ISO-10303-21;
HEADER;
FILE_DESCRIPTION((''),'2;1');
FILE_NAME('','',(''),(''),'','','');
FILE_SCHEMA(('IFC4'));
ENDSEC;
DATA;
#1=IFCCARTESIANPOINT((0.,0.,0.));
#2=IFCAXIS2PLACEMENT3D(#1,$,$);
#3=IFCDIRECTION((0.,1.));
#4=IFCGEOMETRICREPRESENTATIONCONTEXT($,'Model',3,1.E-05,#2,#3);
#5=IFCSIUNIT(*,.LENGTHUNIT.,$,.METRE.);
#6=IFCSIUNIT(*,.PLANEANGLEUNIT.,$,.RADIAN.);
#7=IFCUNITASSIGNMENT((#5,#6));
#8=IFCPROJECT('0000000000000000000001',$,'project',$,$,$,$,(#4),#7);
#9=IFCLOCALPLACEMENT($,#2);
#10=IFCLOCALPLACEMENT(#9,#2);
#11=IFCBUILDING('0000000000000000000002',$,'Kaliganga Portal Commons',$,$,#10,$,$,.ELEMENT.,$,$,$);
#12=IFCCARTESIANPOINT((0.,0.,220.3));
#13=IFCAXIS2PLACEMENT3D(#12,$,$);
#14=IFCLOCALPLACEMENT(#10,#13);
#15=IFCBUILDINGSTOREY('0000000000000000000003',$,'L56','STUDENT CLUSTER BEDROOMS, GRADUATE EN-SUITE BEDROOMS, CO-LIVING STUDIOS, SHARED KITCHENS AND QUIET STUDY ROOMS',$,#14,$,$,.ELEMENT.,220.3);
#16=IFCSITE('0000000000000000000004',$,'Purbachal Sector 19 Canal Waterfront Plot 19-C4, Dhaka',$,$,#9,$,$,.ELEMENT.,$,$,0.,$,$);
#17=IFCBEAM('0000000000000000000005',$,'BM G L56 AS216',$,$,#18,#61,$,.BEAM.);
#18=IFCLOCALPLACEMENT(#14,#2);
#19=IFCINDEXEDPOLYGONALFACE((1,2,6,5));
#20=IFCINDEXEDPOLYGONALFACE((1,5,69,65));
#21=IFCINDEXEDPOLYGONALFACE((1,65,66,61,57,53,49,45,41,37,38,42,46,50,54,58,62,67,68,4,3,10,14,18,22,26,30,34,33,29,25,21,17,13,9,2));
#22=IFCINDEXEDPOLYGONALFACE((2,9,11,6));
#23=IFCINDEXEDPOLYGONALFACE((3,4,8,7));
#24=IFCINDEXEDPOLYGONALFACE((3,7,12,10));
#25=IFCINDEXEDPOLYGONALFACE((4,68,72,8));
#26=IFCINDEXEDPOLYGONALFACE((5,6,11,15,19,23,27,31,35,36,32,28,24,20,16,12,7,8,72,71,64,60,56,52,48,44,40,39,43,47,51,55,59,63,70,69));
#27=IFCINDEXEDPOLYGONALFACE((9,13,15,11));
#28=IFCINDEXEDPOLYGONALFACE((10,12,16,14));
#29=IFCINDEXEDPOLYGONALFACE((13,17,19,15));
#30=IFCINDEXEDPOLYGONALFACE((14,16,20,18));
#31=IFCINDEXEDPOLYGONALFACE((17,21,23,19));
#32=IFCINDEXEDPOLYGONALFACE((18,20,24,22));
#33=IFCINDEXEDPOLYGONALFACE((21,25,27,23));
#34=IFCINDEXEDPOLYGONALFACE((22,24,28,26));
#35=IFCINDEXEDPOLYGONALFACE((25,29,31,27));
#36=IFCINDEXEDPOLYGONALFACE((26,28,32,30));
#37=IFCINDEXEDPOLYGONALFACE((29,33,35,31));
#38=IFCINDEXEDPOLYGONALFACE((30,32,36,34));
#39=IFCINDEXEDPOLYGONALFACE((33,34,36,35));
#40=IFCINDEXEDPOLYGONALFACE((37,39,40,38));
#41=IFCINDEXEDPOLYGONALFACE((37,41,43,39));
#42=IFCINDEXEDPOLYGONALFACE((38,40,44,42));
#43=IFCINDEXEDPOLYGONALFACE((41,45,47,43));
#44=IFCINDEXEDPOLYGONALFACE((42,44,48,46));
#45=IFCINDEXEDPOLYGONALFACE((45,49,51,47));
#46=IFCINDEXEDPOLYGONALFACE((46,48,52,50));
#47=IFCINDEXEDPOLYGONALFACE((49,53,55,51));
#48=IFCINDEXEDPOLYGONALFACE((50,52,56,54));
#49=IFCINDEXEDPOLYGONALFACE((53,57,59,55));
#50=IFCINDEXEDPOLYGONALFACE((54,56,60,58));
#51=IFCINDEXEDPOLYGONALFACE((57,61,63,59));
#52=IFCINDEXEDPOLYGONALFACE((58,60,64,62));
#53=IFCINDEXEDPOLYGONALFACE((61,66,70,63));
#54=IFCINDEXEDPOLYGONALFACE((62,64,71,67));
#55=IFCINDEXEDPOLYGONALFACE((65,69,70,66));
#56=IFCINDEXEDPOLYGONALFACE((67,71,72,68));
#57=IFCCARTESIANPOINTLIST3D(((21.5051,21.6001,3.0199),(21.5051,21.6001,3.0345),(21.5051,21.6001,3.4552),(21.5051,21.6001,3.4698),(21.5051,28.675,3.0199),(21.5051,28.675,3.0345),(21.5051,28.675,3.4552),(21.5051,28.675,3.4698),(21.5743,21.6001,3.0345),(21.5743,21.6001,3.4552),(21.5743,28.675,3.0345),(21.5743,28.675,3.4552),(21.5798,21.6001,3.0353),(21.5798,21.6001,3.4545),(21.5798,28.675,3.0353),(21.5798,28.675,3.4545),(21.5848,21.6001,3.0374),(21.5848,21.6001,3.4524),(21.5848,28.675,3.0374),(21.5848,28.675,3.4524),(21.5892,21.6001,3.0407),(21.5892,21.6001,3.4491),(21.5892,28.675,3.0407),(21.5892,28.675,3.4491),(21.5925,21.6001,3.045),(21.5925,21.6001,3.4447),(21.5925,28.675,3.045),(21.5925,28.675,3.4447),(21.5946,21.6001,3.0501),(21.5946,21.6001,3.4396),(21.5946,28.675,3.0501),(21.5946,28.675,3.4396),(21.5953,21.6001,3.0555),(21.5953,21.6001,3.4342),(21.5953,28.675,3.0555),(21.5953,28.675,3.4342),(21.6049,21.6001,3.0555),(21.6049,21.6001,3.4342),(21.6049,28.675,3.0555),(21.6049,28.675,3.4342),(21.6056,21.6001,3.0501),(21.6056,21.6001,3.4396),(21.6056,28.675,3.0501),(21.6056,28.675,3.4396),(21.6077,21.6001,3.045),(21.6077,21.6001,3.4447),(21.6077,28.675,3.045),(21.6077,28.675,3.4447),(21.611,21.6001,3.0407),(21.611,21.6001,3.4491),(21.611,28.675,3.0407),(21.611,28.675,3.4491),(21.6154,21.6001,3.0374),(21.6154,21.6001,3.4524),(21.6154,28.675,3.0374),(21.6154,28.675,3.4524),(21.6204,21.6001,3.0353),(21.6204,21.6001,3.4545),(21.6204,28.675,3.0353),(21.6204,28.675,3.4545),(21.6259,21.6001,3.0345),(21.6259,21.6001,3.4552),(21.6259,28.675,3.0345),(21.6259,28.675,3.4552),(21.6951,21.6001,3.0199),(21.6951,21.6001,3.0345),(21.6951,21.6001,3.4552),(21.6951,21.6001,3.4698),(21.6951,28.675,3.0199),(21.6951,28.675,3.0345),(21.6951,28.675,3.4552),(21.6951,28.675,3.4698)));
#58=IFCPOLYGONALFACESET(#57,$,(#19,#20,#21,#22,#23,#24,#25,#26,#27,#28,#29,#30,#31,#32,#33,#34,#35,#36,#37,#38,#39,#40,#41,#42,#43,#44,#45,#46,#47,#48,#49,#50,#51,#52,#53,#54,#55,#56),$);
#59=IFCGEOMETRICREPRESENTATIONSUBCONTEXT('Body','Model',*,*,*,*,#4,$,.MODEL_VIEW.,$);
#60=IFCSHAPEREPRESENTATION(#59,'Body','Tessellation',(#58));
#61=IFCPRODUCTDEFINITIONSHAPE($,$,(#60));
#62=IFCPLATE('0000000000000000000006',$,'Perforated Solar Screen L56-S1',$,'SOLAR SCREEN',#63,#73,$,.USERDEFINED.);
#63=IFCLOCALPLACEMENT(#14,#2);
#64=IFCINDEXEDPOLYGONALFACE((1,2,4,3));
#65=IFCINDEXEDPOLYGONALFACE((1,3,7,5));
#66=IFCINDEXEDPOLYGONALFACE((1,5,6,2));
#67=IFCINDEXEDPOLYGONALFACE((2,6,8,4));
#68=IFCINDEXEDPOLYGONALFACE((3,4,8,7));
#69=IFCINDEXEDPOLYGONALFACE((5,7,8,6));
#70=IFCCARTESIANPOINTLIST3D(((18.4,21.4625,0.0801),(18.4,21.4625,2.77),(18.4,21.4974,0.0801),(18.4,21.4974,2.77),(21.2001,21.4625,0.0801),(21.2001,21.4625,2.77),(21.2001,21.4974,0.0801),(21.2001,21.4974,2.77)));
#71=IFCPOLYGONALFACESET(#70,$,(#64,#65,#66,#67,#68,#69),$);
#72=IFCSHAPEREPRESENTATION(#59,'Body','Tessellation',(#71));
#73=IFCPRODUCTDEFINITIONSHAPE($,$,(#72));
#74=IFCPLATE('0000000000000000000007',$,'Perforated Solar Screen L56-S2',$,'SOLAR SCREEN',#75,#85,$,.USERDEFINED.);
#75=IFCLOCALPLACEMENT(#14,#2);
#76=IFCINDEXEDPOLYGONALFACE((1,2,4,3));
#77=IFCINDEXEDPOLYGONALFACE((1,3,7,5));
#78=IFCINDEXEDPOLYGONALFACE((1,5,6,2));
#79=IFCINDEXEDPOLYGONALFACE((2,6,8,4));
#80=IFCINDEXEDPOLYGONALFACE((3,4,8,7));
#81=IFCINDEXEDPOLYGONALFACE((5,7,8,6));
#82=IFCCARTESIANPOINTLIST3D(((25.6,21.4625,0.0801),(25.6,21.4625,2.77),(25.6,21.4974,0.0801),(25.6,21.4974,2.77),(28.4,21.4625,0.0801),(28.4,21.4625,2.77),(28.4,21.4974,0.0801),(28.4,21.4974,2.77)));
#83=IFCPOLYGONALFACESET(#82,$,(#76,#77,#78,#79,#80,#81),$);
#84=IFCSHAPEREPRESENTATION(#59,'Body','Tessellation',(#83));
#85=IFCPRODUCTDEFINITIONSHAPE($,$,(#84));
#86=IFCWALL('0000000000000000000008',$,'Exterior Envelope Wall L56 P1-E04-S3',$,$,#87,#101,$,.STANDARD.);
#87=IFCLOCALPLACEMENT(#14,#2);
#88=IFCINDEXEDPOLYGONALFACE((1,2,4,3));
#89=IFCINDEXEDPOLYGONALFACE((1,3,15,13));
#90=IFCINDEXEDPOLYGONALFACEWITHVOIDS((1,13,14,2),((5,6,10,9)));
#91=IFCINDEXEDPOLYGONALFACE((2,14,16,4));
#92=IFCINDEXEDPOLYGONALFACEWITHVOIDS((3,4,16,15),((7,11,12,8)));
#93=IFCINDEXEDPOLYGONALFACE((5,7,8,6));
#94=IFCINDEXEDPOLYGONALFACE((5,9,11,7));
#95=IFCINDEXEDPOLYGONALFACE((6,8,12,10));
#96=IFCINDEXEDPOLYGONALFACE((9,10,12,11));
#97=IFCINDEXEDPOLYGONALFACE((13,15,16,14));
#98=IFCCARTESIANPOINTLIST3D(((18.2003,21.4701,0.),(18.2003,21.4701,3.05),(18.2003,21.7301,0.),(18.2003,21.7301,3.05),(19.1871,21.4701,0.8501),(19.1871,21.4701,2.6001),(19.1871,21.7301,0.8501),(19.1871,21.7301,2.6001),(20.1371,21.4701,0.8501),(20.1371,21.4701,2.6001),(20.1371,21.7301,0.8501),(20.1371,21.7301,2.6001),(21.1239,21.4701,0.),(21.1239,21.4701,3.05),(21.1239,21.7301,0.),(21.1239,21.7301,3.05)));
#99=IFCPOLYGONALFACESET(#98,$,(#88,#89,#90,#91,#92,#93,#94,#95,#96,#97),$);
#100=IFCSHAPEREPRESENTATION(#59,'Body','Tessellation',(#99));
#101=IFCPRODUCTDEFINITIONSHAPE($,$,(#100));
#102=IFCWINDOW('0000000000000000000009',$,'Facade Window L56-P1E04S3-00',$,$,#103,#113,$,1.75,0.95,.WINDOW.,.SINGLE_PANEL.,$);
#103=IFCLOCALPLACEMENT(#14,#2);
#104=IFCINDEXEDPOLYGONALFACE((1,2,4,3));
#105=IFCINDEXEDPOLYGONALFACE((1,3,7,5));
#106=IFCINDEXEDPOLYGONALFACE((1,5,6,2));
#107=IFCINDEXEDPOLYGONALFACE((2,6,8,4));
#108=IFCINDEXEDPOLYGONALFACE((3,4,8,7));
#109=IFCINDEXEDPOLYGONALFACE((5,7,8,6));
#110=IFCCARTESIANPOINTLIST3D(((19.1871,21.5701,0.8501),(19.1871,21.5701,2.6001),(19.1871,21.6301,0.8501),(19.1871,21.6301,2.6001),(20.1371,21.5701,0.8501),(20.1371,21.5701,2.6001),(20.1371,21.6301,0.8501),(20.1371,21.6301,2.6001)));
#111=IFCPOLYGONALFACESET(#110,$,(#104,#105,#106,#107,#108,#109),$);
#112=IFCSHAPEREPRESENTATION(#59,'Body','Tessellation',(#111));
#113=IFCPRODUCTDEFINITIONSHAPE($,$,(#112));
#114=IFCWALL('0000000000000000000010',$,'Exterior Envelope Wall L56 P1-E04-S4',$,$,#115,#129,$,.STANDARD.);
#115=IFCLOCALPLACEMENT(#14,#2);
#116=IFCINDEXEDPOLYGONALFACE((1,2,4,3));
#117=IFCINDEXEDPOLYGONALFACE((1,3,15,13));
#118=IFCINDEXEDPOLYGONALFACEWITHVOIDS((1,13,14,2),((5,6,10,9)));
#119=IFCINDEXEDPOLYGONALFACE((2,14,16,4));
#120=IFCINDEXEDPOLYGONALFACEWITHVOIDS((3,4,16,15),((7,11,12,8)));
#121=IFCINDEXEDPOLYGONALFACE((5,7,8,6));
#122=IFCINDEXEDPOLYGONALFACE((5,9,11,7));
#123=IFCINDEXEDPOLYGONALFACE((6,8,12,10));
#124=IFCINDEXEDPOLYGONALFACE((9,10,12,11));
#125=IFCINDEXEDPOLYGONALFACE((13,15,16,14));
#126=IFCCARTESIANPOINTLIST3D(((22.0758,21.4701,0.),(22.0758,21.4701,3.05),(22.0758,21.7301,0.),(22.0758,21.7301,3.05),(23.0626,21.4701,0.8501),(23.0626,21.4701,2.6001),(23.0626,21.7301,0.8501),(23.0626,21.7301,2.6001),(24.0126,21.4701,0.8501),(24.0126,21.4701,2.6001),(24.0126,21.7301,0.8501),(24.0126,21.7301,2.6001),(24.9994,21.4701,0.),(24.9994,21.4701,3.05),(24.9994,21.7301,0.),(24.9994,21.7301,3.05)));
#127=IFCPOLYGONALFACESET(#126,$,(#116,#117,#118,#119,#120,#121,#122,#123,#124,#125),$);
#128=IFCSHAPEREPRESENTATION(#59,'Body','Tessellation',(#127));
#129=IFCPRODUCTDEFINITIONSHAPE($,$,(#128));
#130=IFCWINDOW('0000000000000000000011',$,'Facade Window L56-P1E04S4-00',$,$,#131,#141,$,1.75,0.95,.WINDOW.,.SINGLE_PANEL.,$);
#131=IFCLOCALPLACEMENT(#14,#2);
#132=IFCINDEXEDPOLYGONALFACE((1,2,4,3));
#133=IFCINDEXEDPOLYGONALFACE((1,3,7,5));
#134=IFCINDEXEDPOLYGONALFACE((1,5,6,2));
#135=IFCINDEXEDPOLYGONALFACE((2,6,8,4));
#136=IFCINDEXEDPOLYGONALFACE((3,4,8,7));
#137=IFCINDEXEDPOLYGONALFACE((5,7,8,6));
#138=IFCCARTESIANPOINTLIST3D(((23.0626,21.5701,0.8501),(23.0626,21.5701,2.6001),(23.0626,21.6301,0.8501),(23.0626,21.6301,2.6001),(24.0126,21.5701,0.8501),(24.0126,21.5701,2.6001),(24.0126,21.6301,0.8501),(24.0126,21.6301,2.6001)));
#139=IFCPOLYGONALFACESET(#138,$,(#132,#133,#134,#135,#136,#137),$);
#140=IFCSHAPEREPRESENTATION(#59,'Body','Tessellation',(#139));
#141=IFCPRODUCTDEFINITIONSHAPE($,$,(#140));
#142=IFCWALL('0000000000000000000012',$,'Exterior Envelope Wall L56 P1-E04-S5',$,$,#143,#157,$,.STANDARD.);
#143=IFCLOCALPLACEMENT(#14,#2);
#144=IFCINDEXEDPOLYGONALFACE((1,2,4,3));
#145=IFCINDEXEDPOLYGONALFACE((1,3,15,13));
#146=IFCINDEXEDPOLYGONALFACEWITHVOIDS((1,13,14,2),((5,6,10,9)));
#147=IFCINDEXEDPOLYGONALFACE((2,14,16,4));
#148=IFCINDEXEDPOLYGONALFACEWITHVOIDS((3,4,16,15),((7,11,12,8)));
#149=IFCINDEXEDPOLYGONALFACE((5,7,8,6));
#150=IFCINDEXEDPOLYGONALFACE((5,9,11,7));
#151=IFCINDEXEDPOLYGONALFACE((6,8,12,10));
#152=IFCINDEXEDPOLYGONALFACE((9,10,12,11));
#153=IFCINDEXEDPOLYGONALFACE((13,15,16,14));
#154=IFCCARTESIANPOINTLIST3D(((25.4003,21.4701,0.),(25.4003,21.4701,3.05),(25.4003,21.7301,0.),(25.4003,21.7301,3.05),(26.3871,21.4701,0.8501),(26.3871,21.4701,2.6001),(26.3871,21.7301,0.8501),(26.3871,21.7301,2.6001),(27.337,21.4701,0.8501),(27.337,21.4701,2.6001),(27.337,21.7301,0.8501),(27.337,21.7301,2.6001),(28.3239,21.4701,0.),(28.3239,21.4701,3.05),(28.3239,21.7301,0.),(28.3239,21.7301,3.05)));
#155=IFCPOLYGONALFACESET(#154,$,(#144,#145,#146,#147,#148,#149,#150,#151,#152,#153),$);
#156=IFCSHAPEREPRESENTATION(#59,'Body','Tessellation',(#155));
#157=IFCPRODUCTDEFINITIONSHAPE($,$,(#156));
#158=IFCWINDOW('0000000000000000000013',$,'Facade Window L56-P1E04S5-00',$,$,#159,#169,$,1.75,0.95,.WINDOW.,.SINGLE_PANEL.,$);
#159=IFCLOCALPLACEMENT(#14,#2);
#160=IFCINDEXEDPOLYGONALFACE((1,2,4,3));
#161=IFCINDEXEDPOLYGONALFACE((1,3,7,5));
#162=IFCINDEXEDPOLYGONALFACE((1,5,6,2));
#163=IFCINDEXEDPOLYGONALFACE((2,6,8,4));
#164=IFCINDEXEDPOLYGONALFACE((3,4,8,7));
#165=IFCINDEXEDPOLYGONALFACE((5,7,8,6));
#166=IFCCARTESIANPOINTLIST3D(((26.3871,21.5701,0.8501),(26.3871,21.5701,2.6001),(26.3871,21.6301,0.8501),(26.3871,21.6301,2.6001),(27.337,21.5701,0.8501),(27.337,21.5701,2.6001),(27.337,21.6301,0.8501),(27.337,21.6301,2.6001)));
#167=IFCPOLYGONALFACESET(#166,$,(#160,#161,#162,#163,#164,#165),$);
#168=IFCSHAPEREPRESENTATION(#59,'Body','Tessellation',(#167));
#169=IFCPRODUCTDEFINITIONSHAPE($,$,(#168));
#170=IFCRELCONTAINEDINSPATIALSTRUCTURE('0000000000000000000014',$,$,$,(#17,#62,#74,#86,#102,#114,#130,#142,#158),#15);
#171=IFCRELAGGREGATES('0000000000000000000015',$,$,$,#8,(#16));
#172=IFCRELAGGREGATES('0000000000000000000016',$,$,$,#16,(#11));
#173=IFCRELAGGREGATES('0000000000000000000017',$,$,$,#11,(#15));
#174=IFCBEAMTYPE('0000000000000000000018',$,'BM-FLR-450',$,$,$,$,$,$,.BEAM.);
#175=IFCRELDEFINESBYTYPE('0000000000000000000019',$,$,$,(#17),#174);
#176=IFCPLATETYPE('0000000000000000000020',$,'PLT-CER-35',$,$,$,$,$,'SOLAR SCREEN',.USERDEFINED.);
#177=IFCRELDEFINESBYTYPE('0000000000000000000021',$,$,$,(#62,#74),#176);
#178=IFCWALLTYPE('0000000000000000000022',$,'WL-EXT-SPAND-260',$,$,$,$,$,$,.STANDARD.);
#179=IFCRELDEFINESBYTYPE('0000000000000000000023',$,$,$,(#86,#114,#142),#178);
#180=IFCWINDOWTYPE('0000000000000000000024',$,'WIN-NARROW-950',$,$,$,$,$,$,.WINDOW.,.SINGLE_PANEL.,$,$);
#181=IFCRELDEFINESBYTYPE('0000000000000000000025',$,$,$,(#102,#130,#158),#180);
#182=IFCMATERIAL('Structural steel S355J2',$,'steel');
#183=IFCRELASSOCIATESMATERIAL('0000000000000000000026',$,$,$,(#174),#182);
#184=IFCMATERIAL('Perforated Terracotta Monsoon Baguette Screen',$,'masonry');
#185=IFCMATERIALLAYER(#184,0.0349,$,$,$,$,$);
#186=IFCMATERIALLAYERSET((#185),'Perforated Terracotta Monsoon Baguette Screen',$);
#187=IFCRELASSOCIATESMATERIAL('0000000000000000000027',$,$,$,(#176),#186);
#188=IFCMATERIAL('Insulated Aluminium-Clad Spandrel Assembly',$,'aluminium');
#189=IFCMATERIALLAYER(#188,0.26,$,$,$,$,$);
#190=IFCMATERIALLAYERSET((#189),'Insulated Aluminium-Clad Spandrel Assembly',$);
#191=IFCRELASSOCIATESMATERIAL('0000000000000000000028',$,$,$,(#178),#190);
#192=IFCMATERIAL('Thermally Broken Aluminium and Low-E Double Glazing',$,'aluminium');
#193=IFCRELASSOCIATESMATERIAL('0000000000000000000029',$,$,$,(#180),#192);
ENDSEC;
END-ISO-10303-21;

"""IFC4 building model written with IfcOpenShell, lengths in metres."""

from ifc_helpers import new_model, si_unit, direction, frame, frame_2d, origin, origin_2d, place, context, subcontext, project, spatial, rectangle, i_section, extrude, source, transform, mapped, material, layer, layer_set, material_profile, profile_set, type_object, element, fill, save


model = new_model("IFC4")

# Units and contexts
model_context = context("Model", 3, precision=1e-05, world=origin(), true_north=direction((0.0, 1.0)))
body_context = subcontext(model_context, "Body", "Model", "MODEL_VIEW")
ifc_project = project(units=[si_unit("LENGTHUNIT", "METRE"), si_unit("PLANEANGLEUNIT", "RADIAN")], contexts=[model_context])

# Site, building, storey
site_placement = place(None, origin())
site = spatial("IfcSite", under=ifc_project, at=site_placement, Name="Purbachal Sector 19 Canal Waterfront Plot 19-C4, Dhaka", CompositionType="ELEMENT", RefElevation=0.0)
building_placement = place(site_placement, origin())
building = spatial("IfcBuilding", under=site, at=building_placement, Name="Kaliganga Portal Commons", CompositionType="ELEMENT")
storey_placement = place(building_placement, frame((0.0, 0.0, 220.3)))
storey = spatial("IfcBuildingStorey", under=building, at=storey_placement, Name="L56", Description="STUDENT CLUSTER BEDROOMS, GRADUATE EN-SUITE BEDROOMS, CO-LIVING STUDIOS, SHARED KITCHENS AND QUIET STUDY ROOMS", CompositionType="ELEMENT", Elevation=220.3)

# Shared definitions
ifc_material_1 = material(Name="Structural steel S355J2", Category="steel")

# Beam
ifc_material_profile_1 = material_profile(ifc_material_1, i_section(OverallWidth=0.1899, OverallDepth=0.45, WebThickness=0.0095, FlangeThickness=0.0146, FilletRadius=0.021, at=origin_2d()), Name="IPE 450")
ifc_profile_set_1 = profile_set([ifc_material_profile_1], Name="Structural steel S355J2 wide-flange")
beam_type_1 = type_object("IfcBeamType", Name="BM-FLR-450", PredefinedType="BEAM", material=ifc_profile_set_1)
shared_shape_1 = source(origin(), body_context, "Body", "SweptSolid", [
    extrude(i_section(OverallWidth=0.1899, OverallDepth=0.45, WebThickness=0.0095, FlangeThickness=0.0146, FilletRadius=0.021, at=origin_2d()), origin(), (0.0, 0.0, 1.0), 7.075),
])
beam_1_placement = place(storey_placement, frame((21.6001, 21.6001, 3.2449), z_axis=(0.0, 1.0, 0.0), x_axis=(-1.0, 0.0, 0.0)))
element("IfcBeam", 1, at=beam_1_placement, inside=storey, type_object=beam_type_1, Name="BM G L56 AS216", PredefinedType="BEAM", context=body_context, shape_type="MappedRepresentation", body=[
    mapped(shared_shape_1, transform((0.0, 0.0, 0.0), x_axis=(1.0, 0.0, 0.0), y_axis=(0.0, 1.0, 0.0), z_axis=(0.0, 0.0, 1.0), scale=1.0)),
])

# Plates
ifc_material_2 = material(Name="Perforated Terracotta Monsoon Baguette Screen", Category="masonry")
ifc_layer_1 = layer(ifc_material_2, 0.0349)
ifc_layer_set_1 = layer_set([ifc_layer_1], Name="Perforated Terracotta Monsoon Baguette Screen")
plate_type = type_object("IfcPlateType", Name="PLT-CER-35", ElementType="SOLAR SCREEN", PredefinedType="USERDEFINED", material=ifc_layer_set_1)
shared_shape_2 = source(origin(), body_context, "Body", "SweptSolid", [
    extrude(rectangle(XDim=2.8, YDim=0.0349, at=origin_2d()), origin(), (0.0, 0.0, 1.0), 2.6899),
])
for number, where, z_axis, x_axis, name in (
    (2, (19.8, 21.48, 0.0801), (0.0, 0.0, 1.0), (1.0, 0.0, 0.0), "Perforated Solar Screen L56-S1"),
    (3, (27.0, 21.48, 0.0801), (0.0, 0.0, 1.0), (1.0, 0.0, 0.0), "Perforated Solar Screen L56-S2"),
):
    element("IfcPlate", number, at=place(storey_placement, frame(where, z_axis=z_axis, x_axis=x_axis)), inside=storey, type_object=plate_type, Name=name, ObjectType="SOLAR SCREEN", PredefinedType="USERDEFINED", context=body_context, shape_type="MappedRepresentation", body=[
        mapped(shared_shape_2, transform((0.0, 0.0, 0.0), x_axis=(1.0, 0.0, 0.0), y_axis=(0.0, 1.0, 0.0), z_axis=(0.0, 0.0, 1.0), scale=1.0)),
    ])

# Walls, openings, windows
ifc_material_3 = material(Name="Insulated Aluminium-Clad Spandrel Assembly", Category="aluminium")
ifc_layer_2 = layer(ifc_material_3, 0.26)
ifc_layer_set_2 = layer_set([ifc_layer_2], Name="Insulated Aluminium-Clad Spandrel Assembly")
wall_type_1 = type_object("IfcWallType", Name="WL-EXT-SPAND-260", PredefinedType="STANDARD", material=ifc_layer_set_2)
wall_1_placement = place(storey_placement, frame((21.124, 21.6001, 0.0), z_axis=(0.0, 0.0, 1.0), x_axis=(-1.0, 0.0, 0.0)))
wall_1 = element("IfcWall", 4, at=wall_1_placement, inside=storey, type_object=wall_type_1, Name="Exterior Envelope Wall L56 P1-E04-S3", PredefinedType="STANDARD", context=body_context, shape_type="SweptSolid", body=[
    extrude(rectangle(XDim=2.9236, YDim=0.26, at=frame_2d((1.4619, 0.0))), origin(), (0.0, 0.0, 1.0), 3.05),
])
opening_1_placement = place(wall_1_placement, frame((0.9868, 0.0, 0.8501)))
opening_1 = element("IfcOpeningElement", 5, at=opening_1_placement, cuts=wall_1, PredefinedType="OPENING", context=body_context, shape_type="SweptSolid", body=[
    extrude(rectangle(XDim=0.95, YDim=1.75, at=frame_2d((0.4751, 0.875))), frame((0.0, 0.1401, 0.0), z_axis=(0.0, -1.0, 0.0), x_axis=(1.0, 0.0, 0.0)), (0.0, 0.0, 1.0), 0.28),
])
ifc_material_4 = material(Name="Thermally Broken Aluminium and Low-E Double Glazing", Category="aluminium")
window_type_1 = type_object("IfcWindowType", Name="WIN-NARROW-950", PartitioningType="SINGLE_PANEL", PredefinedType="WINDOW", material=ifc_material_4)
window_1_placement = place(opening_1_placement, origin())
window_1 = element("IfcWindow", 6, at=window_1_placement, inside=storey, type_object=window_type_1, Name="Facade Window L56-P1E04S3-00", OverallHeight=1.75, OverallWidth=0.95, PartitioningType="SINGLE_PANEL", PredefinedType="WINDOW", context=body_context, shape_type="SweptSolid", body=[
    extrude(rectangle(XDim=0.95, YDim=1.75, at=frame_2d((0.4751, 0.875))), frame((0.0, 0.03, 0.0), z_axis=(0.0, -1.0, 0.0), x_axis=(1.0, 0.0, 0.0)), (0.0, 0.0, 1.0), 0.0601),
])
fill(opening_1, window_1)
wall_2_placement = place(storey_placement, frame((24.9995, 21.6001, 0.0), z_axis=(0.0, 0.0, 1.0), x_axis=(-1.0, 0.0, 0.0)))
wall_2 = element("IfcWall", 7, at=wall_2_placement, inside=storey, type_object=wall_type_1, Name="Exterior Envelope Wall L56 P1-E04-S4", PredefinedType="STANDARD", context=body_context, shape_type="SweptSolid", body=[
    extrude(rectangle(XDim=2.9236, YDim=0.26, at=frame_2d((1.4619, 0.0))), origin(), (0.0, 0.0, 1.0), 3.05),
])
opening_2_placement = place(wall_2_placement, frame((0.9868, 0.0, 0.8501)))
opening_2 = element("IfcOpeningElement", 8, at=opening_2_placement, cuts=wall_2, PredefinedType="OPENING", context=body_context, shape_type="SweptSolid", body=[
    extrude(rectangle(XDim=0.95, YDim=1.75, at=frame_2d((0.4751, 0.875))), frame((0.0, 0.1401, 0.0), z_axis=(0.0, -1.0, 0.0), x_axis=(1.0, 0.0, 0.0)), (0.0, 0.0, 1.0), 0.28),
])
window_2_placement = place(opening_2_placement, origin())
window_2 = element("IfcWindow", 9, at=window_2_placement, inside=storey, type_object=window_type_1, Name="Facade Window L56-P1E04S4-00", OverallHeight=1.75, OverallWidth=0.95, PartitioningType="SINGLE_PANEL", PredefinedType="WINDOW", context=body_context, shape_type="SweptSolid", body=[
    extrude(rectangle(XDim=0.95, YDim=1.75, at=frame_2d((0.4751, 0.875))), frame((0.0, 0.03, 0.0), z_axis=(0.0, -1.0, 0.0), x_axis=(1.0, 0.0, 0.0)), (0.0, 0.0, 1.0), 0.0601),
])
fill(opening_2, window_2)
wall_3_placement = place(storey_placement, frame((28.324, 21.6001, 0.0), z_axis=(0.0, 0.0, 1.0), x_axis=(-1.0, 0.0, 0.0)))
wall_3 = element("IfcWall", 10, at=wall_3_placement, inside=storey, type_object=wall_type_1, Name="Exterior Envelope Wall L56 P1-E04-S5", PredefinedType="STANDARD", context=body_context, shape_type="SweptSolid", body=[
    extrude(rectangle(XDim=2.9236, YDim=0.26, at=frame_2d((1.4619, 0.0))), origin(), (0.0, 0.0, 1.0), 3.05),
])
opening_3_placement = place(wall_3_placement, frame((0.9868, 0.0, 0.8501)))
opening_3 = element("IfcOpeningElement", 11, at=opening_3_placement, cuts=wall_3, PredefinedType="OPENING", context=body_context, shape_type="SweptSolid", body=[
    extrude(rectangle(XDim=0.95, YDim=1.75, at=frame_2d((0.4751, 0.875))), frame((0.0, 0.1401, 0.0), z_axis=(0.0, -1.0, 0.0), x_axis=(1.0, 0.0, 0.0)), (0.0, 0.0, 1.0), 0.28),
])
window_3_placement = place(opening_3_placement, origin())
window_3 = element("IfcWindow", 12, at=window_3_placement, inside=storey, type_object=window_type_1, Name="Facade Window L56-P1E04S5-00", OverallHeight=1.75, OverallWidth=0.95, PartitioningType="SINGLE_PANEL", PredefinedType="WINDOW", context=body_context, shape_type="SweptSolid", body=[
    extrude(rectangle(XDim=0.95, YDim=1.75, at=frame_2d((0.4751, 0.875))), frame((0.0, 0.03, 0.0), z_axis=(0.0, -1.0, 0.0), x_axis=(1.0, 0.0, 0.0)), (0.0, 0.0, 1.0), 0.0601),
])
fill(opening_3, window_3)

save(model, "model.ifc")
